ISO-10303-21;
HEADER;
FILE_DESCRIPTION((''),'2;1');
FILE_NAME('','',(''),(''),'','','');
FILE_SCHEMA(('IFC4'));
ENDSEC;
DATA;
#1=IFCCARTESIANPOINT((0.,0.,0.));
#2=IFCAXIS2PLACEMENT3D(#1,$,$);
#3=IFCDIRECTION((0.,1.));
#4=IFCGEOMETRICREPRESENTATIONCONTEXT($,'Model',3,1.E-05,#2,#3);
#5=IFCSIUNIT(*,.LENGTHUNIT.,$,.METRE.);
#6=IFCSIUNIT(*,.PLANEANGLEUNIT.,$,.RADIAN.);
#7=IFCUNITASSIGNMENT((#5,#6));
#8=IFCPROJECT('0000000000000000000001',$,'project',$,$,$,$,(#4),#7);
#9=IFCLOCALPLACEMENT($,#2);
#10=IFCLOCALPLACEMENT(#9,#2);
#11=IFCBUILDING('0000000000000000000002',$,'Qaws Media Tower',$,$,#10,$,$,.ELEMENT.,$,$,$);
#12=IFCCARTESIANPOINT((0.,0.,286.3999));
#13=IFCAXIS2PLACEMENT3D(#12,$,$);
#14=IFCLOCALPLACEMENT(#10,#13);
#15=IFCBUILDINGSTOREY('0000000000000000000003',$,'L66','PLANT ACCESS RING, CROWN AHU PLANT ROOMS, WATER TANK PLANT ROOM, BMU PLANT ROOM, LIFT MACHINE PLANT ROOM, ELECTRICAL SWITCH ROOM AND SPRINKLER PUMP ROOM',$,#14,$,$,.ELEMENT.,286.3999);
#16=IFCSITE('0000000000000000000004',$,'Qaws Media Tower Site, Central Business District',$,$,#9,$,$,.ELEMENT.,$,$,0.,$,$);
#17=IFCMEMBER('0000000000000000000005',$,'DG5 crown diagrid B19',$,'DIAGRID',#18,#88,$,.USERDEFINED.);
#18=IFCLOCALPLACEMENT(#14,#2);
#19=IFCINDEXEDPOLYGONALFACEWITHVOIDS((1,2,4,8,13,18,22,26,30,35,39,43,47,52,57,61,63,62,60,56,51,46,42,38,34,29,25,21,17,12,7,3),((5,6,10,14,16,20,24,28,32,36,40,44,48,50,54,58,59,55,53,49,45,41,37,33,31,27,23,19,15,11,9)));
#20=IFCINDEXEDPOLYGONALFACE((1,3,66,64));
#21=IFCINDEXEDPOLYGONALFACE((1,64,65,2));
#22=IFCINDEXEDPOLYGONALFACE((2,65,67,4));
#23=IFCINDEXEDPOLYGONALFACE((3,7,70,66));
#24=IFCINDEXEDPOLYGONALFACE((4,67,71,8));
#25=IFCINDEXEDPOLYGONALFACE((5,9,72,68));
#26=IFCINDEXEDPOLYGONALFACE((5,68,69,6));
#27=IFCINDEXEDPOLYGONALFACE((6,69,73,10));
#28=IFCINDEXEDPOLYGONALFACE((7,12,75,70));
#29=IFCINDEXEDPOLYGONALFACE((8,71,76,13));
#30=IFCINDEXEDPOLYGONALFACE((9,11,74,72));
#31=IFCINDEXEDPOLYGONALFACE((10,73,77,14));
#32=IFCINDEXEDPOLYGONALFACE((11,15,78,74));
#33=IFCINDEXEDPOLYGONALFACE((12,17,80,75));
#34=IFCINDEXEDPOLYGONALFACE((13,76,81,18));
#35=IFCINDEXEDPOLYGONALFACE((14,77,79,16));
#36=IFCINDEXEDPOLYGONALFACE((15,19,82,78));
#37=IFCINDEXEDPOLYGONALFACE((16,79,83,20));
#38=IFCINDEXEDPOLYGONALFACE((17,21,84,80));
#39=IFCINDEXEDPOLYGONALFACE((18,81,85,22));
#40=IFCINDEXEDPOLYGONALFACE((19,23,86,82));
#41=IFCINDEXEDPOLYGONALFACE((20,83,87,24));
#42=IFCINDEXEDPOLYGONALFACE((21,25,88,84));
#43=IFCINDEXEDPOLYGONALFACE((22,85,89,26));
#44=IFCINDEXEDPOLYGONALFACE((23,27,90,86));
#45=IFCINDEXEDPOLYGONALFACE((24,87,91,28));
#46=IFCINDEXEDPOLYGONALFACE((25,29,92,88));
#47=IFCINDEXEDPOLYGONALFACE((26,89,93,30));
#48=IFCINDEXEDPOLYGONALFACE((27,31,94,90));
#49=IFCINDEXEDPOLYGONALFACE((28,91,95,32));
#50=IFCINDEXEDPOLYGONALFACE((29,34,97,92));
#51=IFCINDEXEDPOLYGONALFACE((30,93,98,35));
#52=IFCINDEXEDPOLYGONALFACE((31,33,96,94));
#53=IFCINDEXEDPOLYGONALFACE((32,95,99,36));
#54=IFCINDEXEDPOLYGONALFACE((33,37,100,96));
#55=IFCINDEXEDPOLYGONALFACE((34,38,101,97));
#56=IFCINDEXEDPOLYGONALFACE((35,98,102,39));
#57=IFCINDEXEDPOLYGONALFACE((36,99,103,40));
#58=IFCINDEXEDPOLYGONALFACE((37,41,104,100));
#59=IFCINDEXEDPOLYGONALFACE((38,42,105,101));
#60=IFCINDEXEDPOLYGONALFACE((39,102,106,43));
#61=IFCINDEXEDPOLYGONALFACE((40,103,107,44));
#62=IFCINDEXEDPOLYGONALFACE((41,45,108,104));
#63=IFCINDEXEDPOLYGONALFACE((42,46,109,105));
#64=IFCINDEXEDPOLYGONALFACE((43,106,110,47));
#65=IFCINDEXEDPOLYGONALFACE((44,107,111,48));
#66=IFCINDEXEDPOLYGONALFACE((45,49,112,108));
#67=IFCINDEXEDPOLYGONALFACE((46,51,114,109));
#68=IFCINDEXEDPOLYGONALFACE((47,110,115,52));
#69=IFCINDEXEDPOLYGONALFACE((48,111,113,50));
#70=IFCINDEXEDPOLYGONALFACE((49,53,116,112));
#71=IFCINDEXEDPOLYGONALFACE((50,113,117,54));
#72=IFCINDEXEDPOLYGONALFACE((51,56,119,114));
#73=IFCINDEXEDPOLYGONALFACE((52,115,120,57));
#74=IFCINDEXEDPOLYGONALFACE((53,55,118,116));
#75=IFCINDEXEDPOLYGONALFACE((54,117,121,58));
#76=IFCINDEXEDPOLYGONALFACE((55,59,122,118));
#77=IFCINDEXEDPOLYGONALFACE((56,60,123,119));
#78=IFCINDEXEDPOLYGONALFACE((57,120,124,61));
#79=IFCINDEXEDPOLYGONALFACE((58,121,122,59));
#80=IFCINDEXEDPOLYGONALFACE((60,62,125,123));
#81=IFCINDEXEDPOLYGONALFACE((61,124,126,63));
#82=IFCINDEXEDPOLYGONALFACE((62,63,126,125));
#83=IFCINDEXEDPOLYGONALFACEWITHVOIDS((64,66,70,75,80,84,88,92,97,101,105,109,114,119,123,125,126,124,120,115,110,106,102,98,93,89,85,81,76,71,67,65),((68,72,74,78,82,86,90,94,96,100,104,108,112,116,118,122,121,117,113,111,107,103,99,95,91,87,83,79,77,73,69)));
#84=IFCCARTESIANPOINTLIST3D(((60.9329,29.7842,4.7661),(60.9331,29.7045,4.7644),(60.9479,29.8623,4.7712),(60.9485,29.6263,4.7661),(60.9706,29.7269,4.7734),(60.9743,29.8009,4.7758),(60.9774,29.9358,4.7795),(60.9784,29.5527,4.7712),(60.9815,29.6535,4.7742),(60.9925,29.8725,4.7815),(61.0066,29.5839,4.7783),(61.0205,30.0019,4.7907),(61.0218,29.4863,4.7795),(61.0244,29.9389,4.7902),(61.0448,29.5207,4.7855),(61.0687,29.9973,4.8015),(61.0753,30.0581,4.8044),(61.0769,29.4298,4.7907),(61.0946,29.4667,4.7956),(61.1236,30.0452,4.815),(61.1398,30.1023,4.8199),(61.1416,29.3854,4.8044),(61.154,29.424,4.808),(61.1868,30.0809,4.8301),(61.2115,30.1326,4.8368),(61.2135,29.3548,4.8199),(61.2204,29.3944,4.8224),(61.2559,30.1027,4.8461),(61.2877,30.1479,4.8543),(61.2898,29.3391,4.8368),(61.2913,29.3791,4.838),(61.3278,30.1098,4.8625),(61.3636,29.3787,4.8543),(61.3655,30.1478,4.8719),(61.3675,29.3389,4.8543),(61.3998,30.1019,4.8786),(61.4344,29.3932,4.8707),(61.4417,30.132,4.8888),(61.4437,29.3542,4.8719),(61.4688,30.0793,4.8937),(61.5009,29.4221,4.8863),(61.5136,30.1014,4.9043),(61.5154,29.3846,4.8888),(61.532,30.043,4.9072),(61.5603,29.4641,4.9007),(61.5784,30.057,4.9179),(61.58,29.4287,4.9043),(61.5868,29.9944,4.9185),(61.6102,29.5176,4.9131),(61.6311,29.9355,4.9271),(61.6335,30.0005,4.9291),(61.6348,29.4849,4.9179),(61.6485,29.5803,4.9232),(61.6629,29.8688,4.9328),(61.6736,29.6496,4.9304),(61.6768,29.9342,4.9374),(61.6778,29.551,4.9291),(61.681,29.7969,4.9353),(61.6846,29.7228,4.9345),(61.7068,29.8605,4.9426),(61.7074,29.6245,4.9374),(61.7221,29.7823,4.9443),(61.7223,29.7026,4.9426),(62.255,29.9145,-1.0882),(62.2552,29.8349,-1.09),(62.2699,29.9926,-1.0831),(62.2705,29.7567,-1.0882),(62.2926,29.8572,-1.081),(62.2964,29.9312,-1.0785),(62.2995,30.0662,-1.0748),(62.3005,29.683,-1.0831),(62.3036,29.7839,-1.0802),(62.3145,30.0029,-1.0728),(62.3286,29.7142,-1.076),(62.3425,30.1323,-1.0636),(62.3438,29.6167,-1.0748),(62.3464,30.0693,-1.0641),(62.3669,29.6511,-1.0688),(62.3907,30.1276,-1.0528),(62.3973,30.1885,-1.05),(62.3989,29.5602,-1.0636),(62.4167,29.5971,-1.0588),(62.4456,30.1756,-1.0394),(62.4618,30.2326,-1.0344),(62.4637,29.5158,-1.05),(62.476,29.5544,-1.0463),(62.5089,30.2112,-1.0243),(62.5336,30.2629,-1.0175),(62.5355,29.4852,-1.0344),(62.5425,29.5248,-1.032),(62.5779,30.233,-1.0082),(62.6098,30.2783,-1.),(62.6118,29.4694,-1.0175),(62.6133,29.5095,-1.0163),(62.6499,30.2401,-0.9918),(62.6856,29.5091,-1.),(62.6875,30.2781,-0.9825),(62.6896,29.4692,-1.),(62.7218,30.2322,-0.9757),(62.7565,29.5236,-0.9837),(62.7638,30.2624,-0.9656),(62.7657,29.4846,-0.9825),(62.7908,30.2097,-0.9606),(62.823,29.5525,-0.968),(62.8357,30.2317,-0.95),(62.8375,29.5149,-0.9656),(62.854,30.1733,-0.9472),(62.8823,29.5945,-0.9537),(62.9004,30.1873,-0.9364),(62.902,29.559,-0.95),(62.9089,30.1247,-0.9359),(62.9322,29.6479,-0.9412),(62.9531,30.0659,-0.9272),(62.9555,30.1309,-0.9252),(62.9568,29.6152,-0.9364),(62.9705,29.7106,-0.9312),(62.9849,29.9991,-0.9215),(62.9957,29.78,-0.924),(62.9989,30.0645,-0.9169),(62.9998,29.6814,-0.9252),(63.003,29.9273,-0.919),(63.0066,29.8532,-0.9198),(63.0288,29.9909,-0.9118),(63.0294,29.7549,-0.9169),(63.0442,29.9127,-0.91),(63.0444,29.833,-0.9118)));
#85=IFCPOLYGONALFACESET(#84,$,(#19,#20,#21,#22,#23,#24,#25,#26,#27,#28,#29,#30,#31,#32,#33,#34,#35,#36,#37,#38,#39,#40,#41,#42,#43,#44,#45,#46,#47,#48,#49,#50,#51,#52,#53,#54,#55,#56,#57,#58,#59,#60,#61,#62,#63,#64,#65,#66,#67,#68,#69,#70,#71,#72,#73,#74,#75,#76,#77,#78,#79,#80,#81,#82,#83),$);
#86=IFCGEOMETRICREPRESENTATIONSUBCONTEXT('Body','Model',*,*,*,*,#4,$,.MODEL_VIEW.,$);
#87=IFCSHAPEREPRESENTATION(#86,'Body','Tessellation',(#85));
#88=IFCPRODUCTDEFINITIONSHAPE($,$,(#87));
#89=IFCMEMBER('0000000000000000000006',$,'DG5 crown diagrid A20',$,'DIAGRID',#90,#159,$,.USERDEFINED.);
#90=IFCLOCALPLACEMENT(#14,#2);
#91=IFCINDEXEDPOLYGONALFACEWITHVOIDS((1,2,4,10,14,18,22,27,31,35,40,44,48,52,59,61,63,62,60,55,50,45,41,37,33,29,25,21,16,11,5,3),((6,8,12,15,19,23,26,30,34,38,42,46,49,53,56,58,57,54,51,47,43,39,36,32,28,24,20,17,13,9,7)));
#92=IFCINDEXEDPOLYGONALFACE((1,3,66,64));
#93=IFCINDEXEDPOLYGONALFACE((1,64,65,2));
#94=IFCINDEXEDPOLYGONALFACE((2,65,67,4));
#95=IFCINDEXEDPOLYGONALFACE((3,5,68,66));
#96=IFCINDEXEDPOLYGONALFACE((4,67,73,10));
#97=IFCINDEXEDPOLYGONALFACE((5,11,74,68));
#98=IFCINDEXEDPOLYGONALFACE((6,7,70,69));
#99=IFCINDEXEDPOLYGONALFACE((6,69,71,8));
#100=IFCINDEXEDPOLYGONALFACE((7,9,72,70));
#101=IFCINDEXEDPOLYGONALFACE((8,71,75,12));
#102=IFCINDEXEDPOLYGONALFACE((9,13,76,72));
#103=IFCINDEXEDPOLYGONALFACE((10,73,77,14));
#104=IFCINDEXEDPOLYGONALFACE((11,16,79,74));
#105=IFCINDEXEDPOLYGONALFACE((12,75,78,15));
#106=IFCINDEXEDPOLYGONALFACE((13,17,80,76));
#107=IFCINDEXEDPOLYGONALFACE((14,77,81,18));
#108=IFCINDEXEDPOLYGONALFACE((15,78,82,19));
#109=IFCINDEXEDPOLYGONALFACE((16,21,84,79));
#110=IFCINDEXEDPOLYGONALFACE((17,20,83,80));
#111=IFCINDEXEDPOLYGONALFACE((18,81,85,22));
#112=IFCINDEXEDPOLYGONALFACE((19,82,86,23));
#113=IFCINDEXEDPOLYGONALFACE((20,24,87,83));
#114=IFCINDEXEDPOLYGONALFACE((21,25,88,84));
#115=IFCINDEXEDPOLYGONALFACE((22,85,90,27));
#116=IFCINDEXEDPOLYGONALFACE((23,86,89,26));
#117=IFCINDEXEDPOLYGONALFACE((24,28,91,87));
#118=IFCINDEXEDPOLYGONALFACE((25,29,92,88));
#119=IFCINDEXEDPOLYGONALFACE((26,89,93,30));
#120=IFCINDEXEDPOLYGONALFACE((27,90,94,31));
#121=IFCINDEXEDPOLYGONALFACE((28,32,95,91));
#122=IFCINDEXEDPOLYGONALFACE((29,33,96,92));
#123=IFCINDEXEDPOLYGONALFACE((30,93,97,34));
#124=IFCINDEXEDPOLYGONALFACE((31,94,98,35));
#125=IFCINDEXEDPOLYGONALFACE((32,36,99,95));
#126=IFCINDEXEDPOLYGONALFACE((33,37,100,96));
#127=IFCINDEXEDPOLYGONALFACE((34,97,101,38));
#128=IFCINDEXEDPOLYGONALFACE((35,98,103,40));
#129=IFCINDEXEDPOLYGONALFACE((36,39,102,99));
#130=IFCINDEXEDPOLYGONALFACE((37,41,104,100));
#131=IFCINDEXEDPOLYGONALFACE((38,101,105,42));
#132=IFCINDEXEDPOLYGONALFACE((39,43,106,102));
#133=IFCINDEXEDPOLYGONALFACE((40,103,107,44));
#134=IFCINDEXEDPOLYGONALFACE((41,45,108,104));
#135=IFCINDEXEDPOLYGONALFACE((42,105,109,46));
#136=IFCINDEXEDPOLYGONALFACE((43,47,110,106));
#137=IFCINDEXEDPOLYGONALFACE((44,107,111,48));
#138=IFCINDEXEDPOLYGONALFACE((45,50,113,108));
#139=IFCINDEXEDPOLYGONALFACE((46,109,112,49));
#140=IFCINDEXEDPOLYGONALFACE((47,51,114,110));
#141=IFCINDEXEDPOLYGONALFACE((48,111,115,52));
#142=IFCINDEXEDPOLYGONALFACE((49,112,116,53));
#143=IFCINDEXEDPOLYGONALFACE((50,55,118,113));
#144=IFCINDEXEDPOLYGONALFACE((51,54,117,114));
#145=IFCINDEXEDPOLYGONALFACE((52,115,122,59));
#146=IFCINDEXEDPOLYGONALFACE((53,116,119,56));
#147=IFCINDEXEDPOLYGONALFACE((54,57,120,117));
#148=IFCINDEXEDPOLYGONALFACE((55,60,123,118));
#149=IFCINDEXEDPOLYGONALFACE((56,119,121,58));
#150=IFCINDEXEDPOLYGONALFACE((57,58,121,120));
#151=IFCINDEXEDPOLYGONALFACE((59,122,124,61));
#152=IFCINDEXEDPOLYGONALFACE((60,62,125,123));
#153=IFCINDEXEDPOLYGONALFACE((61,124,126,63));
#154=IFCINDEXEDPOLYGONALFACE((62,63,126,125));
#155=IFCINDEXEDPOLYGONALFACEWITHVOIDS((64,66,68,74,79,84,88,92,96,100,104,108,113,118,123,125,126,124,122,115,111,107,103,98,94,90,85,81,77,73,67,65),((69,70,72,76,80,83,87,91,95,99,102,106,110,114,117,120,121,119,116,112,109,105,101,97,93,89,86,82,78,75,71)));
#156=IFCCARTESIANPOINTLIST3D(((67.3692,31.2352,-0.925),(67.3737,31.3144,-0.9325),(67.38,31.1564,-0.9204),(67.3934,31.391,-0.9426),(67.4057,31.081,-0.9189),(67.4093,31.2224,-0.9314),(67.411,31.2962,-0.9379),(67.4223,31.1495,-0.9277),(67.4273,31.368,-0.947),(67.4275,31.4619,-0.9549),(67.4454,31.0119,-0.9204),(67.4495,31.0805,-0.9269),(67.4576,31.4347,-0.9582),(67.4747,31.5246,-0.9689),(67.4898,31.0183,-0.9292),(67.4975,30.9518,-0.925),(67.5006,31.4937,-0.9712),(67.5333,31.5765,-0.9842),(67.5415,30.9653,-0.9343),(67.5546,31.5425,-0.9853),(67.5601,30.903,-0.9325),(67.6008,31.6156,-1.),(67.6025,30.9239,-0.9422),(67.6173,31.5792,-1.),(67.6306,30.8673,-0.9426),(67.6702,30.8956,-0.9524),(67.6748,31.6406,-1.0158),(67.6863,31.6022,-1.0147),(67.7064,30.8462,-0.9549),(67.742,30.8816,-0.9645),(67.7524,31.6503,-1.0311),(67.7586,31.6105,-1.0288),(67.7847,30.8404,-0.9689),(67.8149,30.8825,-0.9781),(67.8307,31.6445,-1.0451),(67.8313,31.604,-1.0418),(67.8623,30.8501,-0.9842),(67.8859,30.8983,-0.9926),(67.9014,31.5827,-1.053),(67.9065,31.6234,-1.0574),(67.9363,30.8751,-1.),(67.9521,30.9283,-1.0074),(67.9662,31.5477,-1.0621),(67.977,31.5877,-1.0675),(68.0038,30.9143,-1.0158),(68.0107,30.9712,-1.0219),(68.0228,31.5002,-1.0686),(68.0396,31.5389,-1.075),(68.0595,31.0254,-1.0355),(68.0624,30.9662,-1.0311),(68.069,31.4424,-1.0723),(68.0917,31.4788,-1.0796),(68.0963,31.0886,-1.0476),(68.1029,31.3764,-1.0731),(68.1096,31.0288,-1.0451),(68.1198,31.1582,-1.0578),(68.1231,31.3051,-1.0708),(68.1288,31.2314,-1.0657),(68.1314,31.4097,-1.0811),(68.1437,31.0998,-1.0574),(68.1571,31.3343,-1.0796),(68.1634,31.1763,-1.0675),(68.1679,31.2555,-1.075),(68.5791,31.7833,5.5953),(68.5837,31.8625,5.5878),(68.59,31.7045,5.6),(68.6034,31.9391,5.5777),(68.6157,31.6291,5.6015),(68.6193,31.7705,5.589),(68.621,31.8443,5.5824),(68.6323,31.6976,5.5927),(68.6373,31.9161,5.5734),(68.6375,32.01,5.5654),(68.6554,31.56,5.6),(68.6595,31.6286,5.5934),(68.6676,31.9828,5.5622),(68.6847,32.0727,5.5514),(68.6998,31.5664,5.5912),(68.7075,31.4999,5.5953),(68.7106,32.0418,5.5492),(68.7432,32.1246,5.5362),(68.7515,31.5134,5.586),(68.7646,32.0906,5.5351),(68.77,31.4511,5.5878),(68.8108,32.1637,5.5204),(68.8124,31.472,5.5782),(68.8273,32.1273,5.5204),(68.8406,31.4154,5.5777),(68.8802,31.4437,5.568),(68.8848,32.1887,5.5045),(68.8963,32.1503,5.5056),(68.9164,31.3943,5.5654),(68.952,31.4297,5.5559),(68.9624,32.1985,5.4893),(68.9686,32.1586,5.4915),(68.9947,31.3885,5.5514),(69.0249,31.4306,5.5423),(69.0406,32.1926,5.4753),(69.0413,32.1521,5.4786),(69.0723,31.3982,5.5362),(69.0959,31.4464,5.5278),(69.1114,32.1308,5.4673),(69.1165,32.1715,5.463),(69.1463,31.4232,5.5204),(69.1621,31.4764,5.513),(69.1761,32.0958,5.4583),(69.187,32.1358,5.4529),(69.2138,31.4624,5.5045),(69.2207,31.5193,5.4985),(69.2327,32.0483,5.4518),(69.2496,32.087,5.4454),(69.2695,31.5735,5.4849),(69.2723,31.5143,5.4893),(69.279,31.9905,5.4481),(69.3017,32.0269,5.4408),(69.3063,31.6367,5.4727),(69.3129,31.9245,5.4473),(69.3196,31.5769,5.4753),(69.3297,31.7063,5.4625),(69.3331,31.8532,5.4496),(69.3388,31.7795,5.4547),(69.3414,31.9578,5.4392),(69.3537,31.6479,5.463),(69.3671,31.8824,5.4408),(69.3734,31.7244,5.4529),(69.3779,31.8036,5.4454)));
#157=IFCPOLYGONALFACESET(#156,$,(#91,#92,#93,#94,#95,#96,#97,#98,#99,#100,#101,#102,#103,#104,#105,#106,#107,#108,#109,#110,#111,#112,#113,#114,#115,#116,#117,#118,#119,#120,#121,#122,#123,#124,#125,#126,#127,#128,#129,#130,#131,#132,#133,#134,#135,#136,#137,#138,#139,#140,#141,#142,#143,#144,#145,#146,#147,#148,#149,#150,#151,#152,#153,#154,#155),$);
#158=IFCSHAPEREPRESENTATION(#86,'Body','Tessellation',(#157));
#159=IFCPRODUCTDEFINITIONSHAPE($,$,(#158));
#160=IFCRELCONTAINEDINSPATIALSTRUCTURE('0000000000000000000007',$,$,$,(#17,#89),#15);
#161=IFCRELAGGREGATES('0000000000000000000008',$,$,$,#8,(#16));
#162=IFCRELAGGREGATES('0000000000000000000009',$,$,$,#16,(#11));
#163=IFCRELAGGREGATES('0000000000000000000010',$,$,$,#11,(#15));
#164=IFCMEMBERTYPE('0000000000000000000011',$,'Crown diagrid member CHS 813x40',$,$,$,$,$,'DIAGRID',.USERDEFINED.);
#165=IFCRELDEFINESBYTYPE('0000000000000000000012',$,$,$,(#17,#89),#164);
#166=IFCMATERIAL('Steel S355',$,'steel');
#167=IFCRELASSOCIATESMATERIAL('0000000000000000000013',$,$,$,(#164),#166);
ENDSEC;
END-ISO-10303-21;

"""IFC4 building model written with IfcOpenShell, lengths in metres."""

from ifc_helpers import new_model, si_unit, direction, frame, origin, origin_2d, place, context, subcontext, project, spatial, hollow_circle, extrude, material, material_profile, profile_set, type_object, element, save


model = new_model("IFC4")

# Units and contexts
model_context = context("Model", 3, precision=1e-05, world=origin(), true_north=direction((0.0, 1.0)))
body_context = subcontext(model_context, "Body", "Model", "MODEL_VIEW")
ifc_project = project(units=[si_unit("LENGTHUNIT", "METRE"), si_unit("PLANEANGLEUNIT", "RADIAN")], contexts=[model_context])

# Site, building, storey
site_placement = place(None, origin())
site = spatial("IfcSite", under=ifc_project, at=site_placement, Name="Qaws Media Tower Site, Central Business District", CompositionType="ELEMENT", RefElevation=0.0)
building_placement = place(site_placement, origin())
building = spatial("IfcBuilding", under=site, at=building_placement, Name="Qaws Media Tower", CompositionType="ELEMENT")
storey_placement = place(building_placement, frame((0.0, 0.0, 286.3999)))
storey = spatial("IfcBuildingStorey", under=building, at=storey_placement, Name="L66", Description="PLANT ACCESS RING, CROWN AHU PLANT ROOMS, WATER TANK PLANT ROOM, BMU PLANT ROOM, LIFT MACHINE PLANT ROOM, ELECTRICAL SWITCH ROOM AND SPRINKLER PUMP ROOM", CompositionType="ELEMENT", Elevation=286.3999)

# Members
ifc_material_1 = material(Name="Steel S355", Category="steel")
ifc_material_profile_1 = material_profile(ifc_material_1, hollow_circle(Radius=0.4065, WallThickness=0.04, at=origin_2d()), Name="CHS 813x40")
ifc_profile_set_1 = profile_set([ifc_material_profile_1], Name="Steel S355")
member_type_1 = type_object("IfcMemberType", Name="Crown diagrid member CHS 813x40", ElementType="DIAGRID", PredefinedType="USERDEFINED", material=ifc_profile_set_1)
member_1_placement = place(storey_placement, frame((62.6497, 29.8738, -1.0), z_axis=(-0.220224, -0.021717, 0.975208), x_axis=(0.098139, -0.995173, 0.0)))
element("IfcMember", 1, at=member_1_placement, inside=storey, type_object=member_type_1, Name="DG5 crown diagrid B19", ObjectType="DIAGRID", PredefinedType="USERDEFINED", context=body_context, shape_type="SweptSolid", body=[
    extrude(hollow_circle(Radius=0.4065, WallThickness=0.04, at=origin_2d()), origin(), (0.0, 0.0, 1.0), 6.0032),
])
member_2_placement = place(storey_placement, frame((67.7686, 31.2454, -1.0), z_axis=(0.181834, 0.082369, 0.979873), x_axis=(-0.412626, 0.910901, 0.0)))
element("IfcMember", 2, at=member_2_placement, inside=storey, type_object=member_type_1, Name="DG5 crown diagrid A20", ObjectType="DIAGRID", PredefinedType="USERDEFINED", context=body_context, shape_type="SweptSolid", body=[
    extrude(hollow_circle(Radius=0.4065, WallThickness=0.04, at=origin_2d()), origin(), (0.0, 0.0, 1.0), 6.6543),
])

save(model, "model.ifc")
